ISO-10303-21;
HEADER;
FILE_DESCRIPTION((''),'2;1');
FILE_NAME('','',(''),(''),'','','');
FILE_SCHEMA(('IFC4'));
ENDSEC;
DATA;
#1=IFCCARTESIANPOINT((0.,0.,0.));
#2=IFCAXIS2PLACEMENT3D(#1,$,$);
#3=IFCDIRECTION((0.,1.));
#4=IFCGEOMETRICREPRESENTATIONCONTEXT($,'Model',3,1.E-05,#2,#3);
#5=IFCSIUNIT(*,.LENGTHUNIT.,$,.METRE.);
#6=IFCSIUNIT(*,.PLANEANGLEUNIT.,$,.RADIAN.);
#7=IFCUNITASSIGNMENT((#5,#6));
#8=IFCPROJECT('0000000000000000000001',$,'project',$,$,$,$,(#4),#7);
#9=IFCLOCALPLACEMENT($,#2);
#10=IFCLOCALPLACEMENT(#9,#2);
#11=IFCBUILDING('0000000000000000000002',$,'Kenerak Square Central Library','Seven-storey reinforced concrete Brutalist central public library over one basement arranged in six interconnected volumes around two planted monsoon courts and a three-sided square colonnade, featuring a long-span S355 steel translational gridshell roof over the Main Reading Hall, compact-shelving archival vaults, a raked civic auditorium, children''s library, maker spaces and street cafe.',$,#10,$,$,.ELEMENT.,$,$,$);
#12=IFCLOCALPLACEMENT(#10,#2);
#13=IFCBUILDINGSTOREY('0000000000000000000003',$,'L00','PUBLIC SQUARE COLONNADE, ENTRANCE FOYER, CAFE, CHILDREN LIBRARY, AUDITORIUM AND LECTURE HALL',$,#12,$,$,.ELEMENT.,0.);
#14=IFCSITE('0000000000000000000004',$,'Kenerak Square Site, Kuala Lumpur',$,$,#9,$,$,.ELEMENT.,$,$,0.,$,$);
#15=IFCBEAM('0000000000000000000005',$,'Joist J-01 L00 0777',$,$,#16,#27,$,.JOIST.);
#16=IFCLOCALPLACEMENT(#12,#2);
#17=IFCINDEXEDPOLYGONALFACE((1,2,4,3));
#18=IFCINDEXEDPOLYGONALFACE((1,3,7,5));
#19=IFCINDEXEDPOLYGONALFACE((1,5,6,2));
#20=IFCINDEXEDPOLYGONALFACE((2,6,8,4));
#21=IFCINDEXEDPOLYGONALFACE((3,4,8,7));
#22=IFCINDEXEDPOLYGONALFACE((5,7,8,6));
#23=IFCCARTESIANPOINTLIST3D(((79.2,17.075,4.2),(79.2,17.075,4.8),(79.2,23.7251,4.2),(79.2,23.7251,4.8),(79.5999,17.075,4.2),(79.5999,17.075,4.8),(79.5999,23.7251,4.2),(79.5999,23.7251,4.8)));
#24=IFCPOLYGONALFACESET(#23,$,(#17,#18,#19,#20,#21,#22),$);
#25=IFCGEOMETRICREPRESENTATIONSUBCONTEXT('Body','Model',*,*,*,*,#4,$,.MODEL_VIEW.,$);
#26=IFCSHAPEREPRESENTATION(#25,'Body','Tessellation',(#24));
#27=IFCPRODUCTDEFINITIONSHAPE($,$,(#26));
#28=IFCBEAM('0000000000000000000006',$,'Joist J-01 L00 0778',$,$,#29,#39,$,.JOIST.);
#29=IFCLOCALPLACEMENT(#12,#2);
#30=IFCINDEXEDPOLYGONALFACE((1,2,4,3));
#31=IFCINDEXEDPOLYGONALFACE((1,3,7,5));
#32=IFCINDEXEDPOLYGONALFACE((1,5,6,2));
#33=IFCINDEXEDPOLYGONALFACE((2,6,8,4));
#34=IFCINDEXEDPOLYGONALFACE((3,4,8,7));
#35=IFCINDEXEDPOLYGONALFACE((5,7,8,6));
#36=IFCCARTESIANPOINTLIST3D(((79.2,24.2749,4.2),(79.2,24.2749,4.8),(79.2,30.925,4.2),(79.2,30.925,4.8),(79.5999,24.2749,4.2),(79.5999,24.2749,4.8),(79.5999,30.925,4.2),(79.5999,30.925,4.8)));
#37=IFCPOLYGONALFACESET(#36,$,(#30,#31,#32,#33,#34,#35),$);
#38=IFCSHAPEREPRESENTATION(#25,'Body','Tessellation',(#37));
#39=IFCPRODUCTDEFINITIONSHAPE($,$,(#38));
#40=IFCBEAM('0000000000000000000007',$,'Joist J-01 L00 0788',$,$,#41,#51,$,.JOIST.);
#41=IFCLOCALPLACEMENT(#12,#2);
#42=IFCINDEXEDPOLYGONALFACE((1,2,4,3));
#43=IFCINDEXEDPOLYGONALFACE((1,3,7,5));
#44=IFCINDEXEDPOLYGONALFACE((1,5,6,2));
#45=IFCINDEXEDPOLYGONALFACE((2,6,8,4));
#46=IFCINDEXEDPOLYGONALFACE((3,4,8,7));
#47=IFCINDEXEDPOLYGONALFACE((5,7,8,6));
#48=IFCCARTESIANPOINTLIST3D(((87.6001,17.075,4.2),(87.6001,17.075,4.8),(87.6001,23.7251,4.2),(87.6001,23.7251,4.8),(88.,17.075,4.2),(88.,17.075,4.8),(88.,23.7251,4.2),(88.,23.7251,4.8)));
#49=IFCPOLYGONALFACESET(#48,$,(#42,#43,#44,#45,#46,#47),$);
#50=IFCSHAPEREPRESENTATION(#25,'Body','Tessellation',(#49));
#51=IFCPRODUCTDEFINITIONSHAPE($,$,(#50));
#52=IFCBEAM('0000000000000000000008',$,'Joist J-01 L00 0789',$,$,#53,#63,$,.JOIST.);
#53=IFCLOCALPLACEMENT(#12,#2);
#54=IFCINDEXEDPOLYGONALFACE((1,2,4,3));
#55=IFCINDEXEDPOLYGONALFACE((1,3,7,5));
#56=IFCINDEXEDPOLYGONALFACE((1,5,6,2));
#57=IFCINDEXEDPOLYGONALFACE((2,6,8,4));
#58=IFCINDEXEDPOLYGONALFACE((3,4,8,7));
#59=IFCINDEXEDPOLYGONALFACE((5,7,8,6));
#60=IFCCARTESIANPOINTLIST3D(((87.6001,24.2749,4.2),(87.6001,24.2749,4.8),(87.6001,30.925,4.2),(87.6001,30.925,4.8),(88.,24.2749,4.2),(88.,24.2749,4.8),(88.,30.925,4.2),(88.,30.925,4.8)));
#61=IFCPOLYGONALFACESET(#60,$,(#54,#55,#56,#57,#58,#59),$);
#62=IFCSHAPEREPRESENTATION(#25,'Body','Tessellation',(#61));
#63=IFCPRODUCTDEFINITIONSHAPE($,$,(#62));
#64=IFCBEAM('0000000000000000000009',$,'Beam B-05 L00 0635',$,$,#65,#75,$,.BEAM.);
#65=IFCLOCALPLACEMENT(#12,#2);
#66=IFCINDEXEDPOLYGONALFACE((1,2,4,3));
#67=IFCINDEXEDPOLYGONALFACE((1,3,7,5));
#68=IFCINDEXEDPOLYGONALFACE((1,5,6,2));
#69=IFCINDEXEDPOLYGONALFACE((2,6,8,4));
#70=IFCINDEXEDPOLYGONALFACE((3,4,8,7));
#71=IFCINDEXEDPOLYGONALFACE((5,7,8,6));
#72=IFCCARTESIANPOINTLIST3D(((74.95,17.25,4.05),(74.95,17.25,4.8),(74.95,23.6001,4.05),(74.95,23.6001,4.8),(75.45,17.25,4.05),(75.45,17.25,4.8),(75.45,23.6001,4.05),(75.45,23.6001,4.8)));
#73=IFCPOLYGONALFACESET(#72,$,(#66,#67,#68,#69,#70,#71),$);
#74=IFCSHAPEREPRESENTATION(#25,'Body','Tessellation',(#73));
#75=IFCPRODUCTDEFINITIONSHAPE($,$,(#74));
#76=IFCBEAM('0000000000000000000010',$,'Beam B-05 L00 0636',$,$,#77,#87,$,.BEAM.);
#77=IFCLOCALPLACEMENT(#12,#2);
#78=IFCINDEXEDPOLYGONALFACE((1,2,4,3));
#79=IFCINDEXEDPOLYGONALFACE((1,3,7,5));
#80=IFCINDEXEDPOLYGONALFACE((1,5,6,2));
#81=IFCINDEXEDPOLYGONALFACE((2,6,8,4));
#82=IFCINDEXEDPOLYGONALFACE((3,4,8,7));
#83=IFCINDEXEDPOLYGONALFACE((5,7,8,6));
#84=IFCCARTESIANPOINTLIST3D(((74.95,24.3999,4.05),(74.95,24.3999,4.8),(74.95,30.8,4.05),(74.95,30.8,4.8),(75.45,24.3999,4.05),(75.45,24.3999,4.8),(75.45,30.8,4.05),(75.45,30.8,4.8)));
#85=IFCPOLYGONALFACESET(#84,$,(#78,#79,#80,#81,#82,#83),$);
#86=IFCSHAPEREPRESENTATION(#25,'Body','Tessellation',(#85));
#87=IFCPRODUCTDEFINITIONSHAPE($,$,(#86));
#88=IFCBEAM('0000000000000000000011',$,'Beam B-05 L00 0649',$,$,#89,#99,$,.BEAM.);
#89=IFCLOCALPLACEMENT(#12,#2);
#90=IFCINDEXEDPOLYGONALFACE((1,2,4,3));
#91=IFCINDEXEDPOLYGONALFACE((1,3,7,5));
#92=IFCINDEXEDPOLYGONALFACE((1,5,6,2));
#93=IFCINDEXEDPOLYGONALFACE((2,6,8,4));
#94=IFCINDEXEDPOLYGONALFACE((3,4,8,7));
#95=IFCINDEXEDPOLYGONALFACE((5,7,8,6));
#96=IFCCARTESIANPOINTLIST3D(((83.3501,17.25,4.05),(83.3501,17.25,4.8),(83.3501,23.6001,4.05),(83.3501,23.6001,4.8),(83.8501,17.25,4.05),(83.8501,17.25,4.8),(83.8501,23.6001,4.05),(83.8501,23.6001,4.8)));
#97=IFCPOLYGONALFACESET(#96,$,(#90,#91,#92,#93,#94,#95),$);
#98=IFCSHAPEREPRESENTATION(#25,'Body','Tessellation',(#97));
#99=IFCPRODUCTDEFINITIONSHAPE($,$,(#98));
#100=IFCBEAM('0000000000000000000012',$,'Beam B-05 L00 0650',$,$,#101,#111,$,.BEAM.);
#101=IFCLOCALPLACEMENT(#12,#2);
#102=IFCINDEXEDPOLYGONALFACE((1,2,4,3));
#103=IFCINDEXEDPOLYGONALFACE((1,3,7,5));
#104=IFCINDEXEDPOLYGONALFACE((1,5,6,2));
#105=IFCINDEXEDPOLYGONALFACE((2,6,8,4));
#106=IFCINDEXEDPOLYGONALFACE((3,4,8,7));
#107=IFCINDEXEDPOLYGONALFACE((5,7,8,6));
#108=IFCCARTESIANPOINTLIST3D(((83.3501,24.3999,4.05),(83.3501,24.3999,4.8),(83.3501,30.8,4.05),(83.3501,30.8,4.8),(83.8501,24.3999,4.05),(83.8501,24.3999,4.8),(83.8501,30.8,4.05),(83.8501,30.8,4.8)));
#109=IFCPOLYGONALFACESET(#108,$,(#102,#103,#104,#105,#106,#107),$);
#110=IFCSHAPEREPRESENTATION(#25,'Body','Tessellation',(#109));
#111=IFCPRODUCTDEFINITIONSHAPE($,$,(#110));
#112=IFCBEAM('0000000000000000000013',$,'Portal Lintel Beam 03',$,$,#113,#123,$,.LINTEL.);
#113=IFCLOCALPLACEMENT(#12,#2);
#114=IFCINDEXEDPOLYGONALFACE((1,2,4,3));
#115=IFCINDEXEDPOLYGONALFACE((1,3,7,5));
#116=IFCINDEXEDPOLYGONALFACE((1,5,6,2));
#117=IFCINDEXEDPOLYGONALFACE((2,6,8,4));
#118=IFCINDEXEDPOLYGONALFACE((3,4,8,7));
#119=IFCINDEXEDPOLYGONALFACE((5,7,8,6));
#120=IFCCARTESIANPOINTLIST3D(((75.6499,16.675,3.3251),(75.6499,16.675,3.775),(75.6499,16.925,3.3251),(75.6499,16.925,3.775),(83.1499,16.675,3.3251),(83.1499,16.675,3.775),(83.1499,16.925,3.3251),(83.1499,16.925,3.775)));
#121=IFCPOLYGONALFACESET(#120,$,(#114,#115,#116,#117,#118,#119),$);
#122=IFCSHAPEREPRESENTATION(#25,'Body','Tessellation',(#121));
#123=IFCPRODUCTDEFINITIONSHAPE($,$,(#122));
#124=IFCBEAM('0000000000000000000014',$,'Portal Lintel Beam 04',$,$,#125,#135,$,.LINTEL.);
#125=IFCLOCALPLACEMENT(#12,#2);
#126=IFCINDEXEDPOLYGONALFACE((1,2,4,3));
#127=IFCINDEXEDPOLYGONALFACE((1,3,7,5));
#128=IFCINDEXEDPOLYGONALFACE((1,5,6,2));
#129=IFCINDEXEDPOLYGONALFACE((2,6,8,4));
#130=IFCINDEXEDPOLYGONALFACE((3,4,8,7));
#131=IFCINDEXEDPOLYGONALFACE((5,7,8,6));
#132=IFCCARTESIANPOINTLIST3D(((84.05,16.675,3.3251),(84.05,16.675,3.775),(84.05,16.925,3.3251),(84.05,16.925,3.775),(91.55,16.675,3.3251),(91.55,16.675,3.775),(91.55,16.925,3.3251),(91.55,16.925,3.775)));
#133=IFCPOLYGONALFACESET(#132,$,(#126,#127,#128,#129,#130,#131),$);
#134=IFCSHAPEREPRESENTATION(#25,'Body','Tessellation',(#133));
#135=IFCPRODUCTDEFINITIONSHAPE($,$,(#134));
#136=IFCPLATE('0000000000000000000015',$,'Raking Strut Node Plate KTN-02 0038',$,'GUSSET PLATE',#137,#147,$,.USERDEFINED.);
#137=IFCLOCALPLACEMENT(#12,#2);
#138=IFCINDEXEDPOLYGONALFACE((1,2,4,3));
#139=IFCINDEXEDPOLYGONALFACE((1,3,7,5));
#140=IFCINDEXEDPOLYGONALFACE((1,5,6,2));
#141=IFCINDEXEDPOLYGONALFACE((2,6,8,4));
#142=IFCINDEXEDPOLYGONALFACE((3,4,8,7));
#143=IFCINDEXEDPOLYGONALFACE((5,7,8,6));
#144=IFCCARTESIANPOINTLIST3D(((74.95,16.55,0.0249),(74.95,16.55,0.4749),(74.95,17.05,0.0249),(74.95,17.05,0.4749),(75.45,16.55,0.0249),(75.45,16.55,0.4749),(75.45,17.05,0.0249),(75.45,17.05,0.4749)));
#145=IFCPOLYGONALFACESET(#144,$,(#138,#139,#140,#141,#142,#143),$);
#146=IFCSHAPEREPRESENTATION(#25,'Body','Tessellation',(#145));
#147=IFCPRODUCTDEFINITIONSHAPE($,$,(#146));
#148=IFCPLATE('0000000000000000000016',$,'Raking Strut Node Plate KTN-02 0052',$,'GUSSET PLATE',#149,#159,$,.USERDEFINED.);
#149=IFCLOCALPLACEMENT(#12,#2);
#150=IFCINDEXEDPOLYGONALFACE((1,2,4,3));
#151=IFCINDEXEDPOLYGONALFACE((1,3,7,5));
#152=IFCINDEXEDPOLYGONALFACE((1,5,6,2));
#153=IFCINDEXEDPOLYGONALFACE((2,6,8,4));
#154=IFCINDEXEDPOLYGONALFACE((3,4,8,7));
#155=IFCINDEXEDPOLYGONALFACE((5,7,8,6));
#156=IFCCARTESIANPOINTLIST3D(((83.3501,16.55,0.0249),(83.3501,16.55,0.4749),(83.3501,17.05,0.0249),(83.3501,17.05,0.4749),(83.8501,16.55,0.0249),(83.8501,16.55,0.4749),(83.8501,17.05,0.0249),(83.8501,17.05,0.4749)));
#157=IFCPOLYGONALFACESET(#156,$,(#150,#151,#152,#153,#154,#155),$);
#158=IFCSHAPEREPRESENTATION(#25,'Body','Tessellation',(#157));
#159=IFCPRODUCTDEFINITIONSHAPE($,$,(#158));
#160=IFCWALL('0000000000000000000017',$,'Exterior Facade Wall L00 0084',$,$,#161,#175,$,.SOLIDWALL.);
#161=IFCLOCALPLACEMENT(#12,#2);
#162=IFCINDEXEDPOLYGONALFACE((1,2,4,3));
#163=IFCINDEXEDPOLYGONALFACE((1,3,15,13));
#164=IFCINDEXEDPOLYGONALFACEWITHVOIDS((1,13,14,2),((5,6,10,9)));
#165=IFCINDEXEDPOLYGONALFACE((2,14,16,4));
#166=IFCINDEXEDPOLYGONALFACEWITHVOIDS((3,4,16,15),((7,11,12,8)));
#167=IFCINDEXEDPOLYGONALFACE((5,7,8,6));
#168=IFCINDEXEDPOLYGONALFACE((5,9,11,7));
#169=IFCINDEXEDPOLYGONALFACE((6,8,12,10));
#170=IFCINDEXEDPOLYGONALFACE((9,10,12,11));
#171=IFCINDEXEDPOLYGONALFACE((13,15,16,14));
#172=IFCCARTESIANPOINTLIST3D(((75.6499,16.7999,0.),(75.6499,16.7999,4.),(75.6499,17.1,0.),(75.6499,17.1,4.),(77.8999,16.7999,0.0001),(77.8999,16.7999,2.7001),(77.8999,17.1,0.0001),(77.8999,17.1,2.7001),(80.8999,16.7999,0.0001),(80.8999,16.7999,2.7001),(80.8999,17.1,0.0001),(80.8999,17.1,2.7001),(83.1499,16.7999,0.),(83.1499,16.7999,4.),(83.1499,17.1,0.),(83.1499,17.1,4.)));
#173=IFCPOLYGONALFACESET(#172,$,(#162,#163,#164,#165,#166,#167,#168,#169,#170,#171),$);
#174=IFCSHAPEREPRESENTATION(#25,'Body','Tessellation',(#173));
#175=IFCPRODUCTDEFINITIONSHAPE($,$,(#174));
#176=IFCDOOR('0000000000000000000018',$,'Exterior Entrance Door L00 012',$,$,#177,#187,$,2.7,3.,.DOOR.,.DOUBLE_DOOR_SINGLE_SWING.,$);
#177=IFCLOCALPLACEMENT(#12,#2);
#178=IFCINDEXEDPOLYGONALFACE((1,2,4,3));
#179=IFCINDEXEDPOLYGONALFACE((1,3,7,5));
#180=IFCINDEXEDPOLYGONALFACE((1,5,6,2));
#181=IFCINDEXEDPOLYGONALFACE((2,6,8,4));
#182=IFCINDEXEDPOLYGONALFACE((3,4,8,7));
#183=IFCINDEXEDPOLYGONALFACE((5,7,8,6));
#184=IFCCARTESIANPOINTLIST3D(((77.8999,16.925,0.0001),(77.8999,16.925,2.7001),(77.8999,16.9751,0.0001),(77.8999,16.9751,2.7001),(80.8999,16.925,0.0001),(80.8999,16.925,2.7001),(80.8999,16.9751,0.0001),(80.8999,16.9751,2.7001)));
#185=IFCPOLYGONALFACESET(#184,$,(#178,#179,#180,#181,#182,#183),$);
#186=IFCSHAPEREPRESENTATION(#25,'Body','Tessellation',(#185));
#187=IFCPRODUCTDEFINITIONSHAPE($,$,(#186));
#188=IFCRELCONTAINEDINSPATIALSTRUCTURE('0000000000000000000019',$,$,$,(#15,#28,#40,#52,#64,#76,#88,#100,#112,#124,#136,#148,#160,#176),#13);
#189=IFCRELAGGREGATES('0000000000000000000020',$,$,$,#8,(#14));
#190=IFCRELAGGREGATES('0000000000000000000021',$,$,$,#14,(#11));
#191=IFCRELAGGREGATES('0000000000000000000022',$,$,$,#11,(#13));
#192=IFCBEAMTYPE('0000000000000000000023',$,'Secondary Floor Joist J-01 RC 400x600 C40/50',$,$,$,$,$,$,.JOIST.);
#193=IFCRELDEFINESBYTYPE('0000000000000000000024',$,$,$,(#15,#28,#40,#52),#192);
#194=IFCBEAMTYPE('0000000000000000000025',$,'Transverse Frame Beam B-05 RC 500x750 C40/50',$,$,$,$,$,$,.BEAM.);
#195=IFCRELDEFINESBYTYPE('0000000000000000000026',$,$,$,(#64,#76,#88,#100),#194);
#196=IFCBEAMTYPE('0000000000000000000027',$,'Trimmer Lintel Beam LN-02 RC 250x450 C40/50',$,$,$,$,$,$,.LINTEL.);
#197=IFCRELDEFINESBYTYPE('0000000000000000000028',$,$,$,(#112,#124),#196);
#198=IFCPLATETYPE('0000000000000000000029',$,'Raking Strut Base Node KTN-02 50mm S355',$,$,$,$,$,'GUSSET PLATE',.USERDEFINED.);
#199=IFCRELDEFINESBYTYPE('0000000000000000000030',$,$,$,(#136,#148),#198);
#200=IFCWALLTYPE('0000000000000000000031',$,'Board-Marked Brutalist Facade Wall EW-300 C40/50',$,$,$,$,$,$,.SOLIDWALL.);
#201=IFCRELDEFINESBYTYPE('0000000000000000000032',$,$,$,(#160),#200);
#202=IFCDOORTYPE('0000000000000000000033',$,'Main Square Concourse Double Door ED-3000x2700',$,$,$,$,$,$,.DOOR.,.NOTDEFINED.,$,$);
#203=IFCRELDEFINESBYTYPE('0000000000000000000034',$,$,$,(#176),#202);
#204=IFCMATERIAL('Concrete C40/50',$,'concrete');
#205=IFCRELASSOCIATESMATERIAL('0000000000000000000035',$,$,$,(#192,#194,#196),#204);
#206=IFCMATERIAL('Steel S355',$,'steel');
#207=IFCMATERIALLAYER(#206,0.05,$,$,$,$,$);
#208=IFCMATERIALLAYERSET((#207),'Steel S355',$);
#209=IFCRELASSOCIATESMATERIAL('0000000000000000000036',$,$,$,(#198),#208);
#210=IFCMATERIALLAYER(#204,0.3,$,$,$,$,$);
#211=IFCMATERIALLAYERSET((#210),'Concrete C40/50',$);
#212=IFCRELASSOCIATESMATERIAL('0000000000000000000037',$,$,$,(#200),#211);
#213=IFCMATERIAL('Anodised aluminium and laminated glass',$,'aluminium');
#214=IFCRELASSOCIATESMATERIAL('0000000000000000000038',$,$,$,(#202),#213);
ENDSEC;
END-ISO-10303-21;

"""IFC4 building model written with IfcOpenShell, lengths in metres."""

from ifc_helpers import new_model, si_unit, direction, frame, frame_2d, origin, origin_2d, place, context, subcontext, project, spatial, rectangle, extrude, material, layer, layer_set, material_profile, profile_set, type_object, element, fill, save


model = new_model("IFC4")

# Units and contexts
model_context = context("Model", 3, precision=1e-05, world=origin(), true_north=direction((0.0, 1.0)))
body_context = subcontext(model_context, "Body", "Model", "MODEL_VIEW")
ifc_project = project(units=[si_unit("LENGTHUNIT", "METRE"), si_unit("PLANEANGLEUNIT", "RADIAN")], contexts=[model_context])

# Site, building, storey
site_placement = place(None, origin())
site = spatial("IfcSite", under=ifc_project, at=site_placement, Name="Kenerak Square Site, Kuala Lumpur", CompositionType="ELEMENT", RefElevation=0.0)
building_placement = place(site_placement, origin())
building = spatial("IfcBuilding", under=site, at=building_placement, Name="Kenerak Square Central Library", Description="Seven-storey reinforced concrete Brutalist central public library over one basement arranged in six interconnected volumes around two planted monsoon courts and a three-sided square colonnade, featuring a long-span S355 steel translational gridshell roof over the Main Reading Hall, compact-shelving archival vaults, a raked civic auditorium, children's library, maker spaces and street cafe.", CompositionType="ELEMENT")
storey_placement = place(building_placement, origin())
storey = spatial("IfcBuildingStorey", under=building, at=storey_placement, Name="L00", Description="PUBLIC SQUARE COLONNADE, ENTRANCE FOYER, CAFE, CHILDREN LIBRARY, AUDITORIUM AND LECTURE HALL", CompositionType="ELEMENT", Elevation=0.0)

# Shared definitions
ifc_material_1 = material(Name="Concrete C40/50", Category="concrete")

# Shared definitions
ifc_material_2 = material(Name="Steel S355", Category="steel")

# Beams
ifc_material_profile_1 = material_profile(ifc_material_1, rectangle(XDim=0.3999, YDim=0.6001, at=origin_2d()), Name="RC 400x600")
ifc_profile_set_1 = profile_set([ifc_material_profile_1], Name="Concrete C40/50")
beam_type_1 = type_object("IfcBeamType", Name="Secondary Floor Joist J-01 RC 400x600 C40/50", PredefinedType="JOIST", material=ifc_profile_set_1)
for number, where, z_axis, x_axis, name in (
    (1, (79.3999, 17.075, 4.5), (0.0, 1.0, 0.0), (-1.0, 0.0, 0.0), "Joist J-01 L00 0777"),
    (2, (79.3999, 24.2749, 4.5), (0.0, 1.0, 0.0), (-1.0, 0.0, 0.0), "Joist J-01 L00 0778"),
    (3, (87.8, 17.075, 4.5), (0.0, 1.0, 0.0), (-1.0, 0.0, 0.0), "Joist J-01 L00 0788"),
    (4, (87.8, 24.2749, 4.5), (0.0, 1.0, 0.0), (-1.0, 0.0, 0.0), "Joist J-01 L00 0789"),
):
    element("IfcBeam", number, at=place(storey_placement, frame(where, z_axis=z_axis, x_axis=x_axis)), inside=storey, type_object=beam_type_1, Name=name, PredefinedType="JOIST", context=body_context, shape_type="SweptSolid", body=[
        extrude(rectangle(XDim=0.3999, YDim=0.6001, at=origin_2d()), origin(), (0.0, 0.0, 1.0), 6.6501),
    ])
ifc_material_profile_2 = material_profile(ifc_material_1, rectangle(XDim=0.5, YDim=0.75, at=origin_2d()), Name="RC 500x750")
ifc_profile_set_2 = profile_set([ifc_material_profile_2], Name="Concrete C40/50")
beam_type_2 = type_object("IfcBeamType", Name="Transverse Frame Beam B-05 RC 500x750 C40/50", PredefinedType="BEAM", material=ifc_profile_set_2)
beam_1_placement = place(storey_placement, frame((75.2, 17.25, 4.425), z_axis=(0.0, 1.0, 0.0), x_axis=(-1.0, 0.0, 0.0)))
element("IfcBeam", 5, at=beam_1_placement, inside=storey, type_object=beam_type_2, Name="Beam B-05 L00 0635", PredefinedType="BEAM", context=body_context, shape_type="SweptSolid", body=[
    extrude(rectangle(XDim=0.5, YDim=0.75, at=origin_2d()), origin(), (0.0, 0.0, 1.0), 6.3501),
])
beam_2_placement = place(storey_placement, frame((75.2, 24.3999, 4.425), z_axis=(0.0, 1.0, 0.0), x_axis=(-1.0, 0.0, 0.0)))
element("IfcBeam", 6, at=beam_2_placement, inside=storey, type_object=beam_type_2, Name="Beam B-05 L00 0636", PredefinedType="BEAM", context=body_context, shape_type="SweptSolid", body=[
    extrude(rectangle(XDim=0.5, YDim=0.75, at=origin_2d()), origin(), (0.0, 0.0, 1.0), 6.4001),
])
beam_3_placement = place(storey_placement, frame((83.6001, 17.25, 4.425), z_axis=(0.0, 1.0, 0.0), x_axis=(-1.0, 0.0, 0.0)))
element("IfcBeam", 7, at=beam_3_placement, inside=storey, type_object=beam_type_2, Name="Beam B-05 L00 0649", PredefinedType="BEAM", context=body_context, shape_type="SweptSolid", body=[
    extrude(rectangle(XDim=0.5, YDim=0.75, at=origin_2d()), origin(), (0.0, 0.0, 1.0), 6.3501),
])
beam_4_placement = place(storey_placement, frame((83.6001, 24.3999, 4.425), z_axis=(0.0, 1.0, 0.0), x_axis=(-1.0, 0.0, 0.0)))
element("IfcBeam", 8, at=beam_4_placement, inside=storey, type_object=beam_type_2, Name="Beam B-05 L00 0650", PredefinedType="BEAM", context=body_context, shape_type="SweptSolid", body=[
    extrude(rectangle(XDim=0.5, YDim=0.75, at=origin_2d()), origin(), (0.0, 0.0, 1.0), 6.4001),
])
ifc_material_profile_3 = material_profile(ifc_material_1, rectangle(XDim=0.25, YDim=0.45, at=origin_2d()), Name="RC 250x450")
ifc_profile_set_3 = profile_set([ifc_material_profile_3], Name="Concrete C40/50")
beam_type_3 = type_object("IfcBeamType", Name="Trimmer Lintel Beam LN-02 RC 250x450 C40/50", PredefinedType="LINTEL", material=ifc_profile_set_3)
for number, where, z_axis, x_axis, name in (
    (9, (75.6499, 16.8, 3.55), (1.0, 0.0, 0.0), (0.0, 1.0, 0.0), "Portal Lintel Beam 03"),
    (10, (84.05, 16.8, 3.55), (1.0, 0.0, 0.0), (0.0, 1.0, 0.0), "Portal Lintel Beam 04"),
):
    element("IfcBeam", number, at=place(storey_placement, frame(where, z_axis=z_axis, x_axis=x_axis)), inside=storey, type_object=beam_type_3, Name=name, PredefinedType="LINTEL", context=body_context, shape_type="SweptSolid", body=[
        extrude(rectangle(XDim=0.25, YDim=0.45, at=origin_2d()), origin(), (0.0, 0.0, 1.0), 7.5),
    ])

# Plates
ifc_layer_1 = layer(ifc_material_2, 0.05)
ifc_layer_set_1 = layer_set([ifc_layer_1], Name="Steel S355")
plate_type = type_object("IfcPlateType", Name="Raking Strut Base Node KTN-02 50mm S355", ElementType="GUSSET PLATE", PredefinedType="USERDEFINED", material=ifc_layer_set_1)
for number, where, z_axis, x_axis, name in (
    (11, (75.2, 16.8, 0.0249), (0.0, 0.0, 1.0), (1.0, 0.0, 0.0), "Raking Strut Node Plate KTN-02 0038"),
    (12, (83.6001, 16.8, 0.0249), (0.0, 0.0, 1.0), (1.0, 0.0, 0.0), "Raking Strut Node Plate KTN-02 0052"),
):
    element("IfcPlate", number, at=place(storey_placement, frame(where, z_axis=z_axis, x_axis=x_axis)), inside=storey, type_object=plate_type, Name=name, ObjectType="GUSSET PLATE", PredefinedType="USERDEFINED", context=body_context, shape_type="SweptSolid", body=[
        extrude(rectangle(XDim=0.5, YDim=0.5, at=origin_2d()), origin(), (0.0, 0.0, 1.0), 0.45),
    ])

# Wall, opening, door
ifc_layer_2 = layer(ifc_material_1, 0.3)
ifc_layer_set_2 = layer_set([ifc_layer_2], Name="Concrete C40/50")
wall_type = type_object("IfcWallType", Name="Board-Marked Brutalist Facade Wall EW-300 C40/50", PredefinedType="SOLIDWALL", material=ifc_layer_set_2)
wall_placement = place(storey_placement, frame((83.1499, 16.95, 0.0), z_axis=(0.0, 0.0, 1.0), x_axis=(-1.0, 0.0, 0.0)))
wall = element("IfcWall", 13, at=wall_placement, inside=storey, type_object=wall_type, Name="Exterior Facade Wall L00 0084", PredefinedType="SOLIDWALL", context=body_context, shape_type="SweptSolid", body=[
    extrude(rectangle(XDim=7.5, YDim=0.3, at=frame_2d((3.75, 0.0))), origin(), (0.0, 0.0, 1.0), 4.0),
])
opening_placement = place(wall_placement, frame((2.25, 0.0, 0.0)))
opening = element("IfcOpeningElement", 14, at=opening_placement, cuts=wall, PredefinedType="OPENING", context=body_context, shape_type="SweptSolid", body=[
    extrude(rectangle(XDim=3.0, YDim=2.7, at=frame_2d((1.5, 1.3501))), frame((0.0, 0.1599, 0.0), z_axis=(0.0, -1.0, 0.0), x_axis=(1.0, 0.0, 0.0)), (0.0, 0.0, 1.0), 0.3201),
])
ifc_material_3 = material(Name="Anodised aluminium and laminated glass", Category="aluminium")
door_type = type_object("IfcDoorType", Name="Main Square Concourse Double Door ED-3000x2700", OperationType="NOTDEFINED", PredefinedType="DOOR", material=ifc_material_3)
door_placement = place(opening_placement, origin())
door = element("IfcDoor", 15, at=door_placement, inside=storey, type_object=door_type, Name="Exterior Entrance Door L00 012", OperationType="DOUBLE_DOOR_SINGLE_SWING", OverallHeight=2.7, OverallWidth=3.0, PredefinedType="DOOR", context=body_context, shape_type="SweptSolid", body=[
    extrude(rectangle(XDim=3.0, YDim=2.7, at=frame_2d((1.5, 1.3501))), frame((0.0, 0.0249, 0.0), z_axis=(0.0, -1.0, 0.0), x_axis=(1.0, 0.0, 0.0)), (0.0, 0.0, 1.0), 0.05),
])
fill(opening, door)

save(model, "model.ifc")
